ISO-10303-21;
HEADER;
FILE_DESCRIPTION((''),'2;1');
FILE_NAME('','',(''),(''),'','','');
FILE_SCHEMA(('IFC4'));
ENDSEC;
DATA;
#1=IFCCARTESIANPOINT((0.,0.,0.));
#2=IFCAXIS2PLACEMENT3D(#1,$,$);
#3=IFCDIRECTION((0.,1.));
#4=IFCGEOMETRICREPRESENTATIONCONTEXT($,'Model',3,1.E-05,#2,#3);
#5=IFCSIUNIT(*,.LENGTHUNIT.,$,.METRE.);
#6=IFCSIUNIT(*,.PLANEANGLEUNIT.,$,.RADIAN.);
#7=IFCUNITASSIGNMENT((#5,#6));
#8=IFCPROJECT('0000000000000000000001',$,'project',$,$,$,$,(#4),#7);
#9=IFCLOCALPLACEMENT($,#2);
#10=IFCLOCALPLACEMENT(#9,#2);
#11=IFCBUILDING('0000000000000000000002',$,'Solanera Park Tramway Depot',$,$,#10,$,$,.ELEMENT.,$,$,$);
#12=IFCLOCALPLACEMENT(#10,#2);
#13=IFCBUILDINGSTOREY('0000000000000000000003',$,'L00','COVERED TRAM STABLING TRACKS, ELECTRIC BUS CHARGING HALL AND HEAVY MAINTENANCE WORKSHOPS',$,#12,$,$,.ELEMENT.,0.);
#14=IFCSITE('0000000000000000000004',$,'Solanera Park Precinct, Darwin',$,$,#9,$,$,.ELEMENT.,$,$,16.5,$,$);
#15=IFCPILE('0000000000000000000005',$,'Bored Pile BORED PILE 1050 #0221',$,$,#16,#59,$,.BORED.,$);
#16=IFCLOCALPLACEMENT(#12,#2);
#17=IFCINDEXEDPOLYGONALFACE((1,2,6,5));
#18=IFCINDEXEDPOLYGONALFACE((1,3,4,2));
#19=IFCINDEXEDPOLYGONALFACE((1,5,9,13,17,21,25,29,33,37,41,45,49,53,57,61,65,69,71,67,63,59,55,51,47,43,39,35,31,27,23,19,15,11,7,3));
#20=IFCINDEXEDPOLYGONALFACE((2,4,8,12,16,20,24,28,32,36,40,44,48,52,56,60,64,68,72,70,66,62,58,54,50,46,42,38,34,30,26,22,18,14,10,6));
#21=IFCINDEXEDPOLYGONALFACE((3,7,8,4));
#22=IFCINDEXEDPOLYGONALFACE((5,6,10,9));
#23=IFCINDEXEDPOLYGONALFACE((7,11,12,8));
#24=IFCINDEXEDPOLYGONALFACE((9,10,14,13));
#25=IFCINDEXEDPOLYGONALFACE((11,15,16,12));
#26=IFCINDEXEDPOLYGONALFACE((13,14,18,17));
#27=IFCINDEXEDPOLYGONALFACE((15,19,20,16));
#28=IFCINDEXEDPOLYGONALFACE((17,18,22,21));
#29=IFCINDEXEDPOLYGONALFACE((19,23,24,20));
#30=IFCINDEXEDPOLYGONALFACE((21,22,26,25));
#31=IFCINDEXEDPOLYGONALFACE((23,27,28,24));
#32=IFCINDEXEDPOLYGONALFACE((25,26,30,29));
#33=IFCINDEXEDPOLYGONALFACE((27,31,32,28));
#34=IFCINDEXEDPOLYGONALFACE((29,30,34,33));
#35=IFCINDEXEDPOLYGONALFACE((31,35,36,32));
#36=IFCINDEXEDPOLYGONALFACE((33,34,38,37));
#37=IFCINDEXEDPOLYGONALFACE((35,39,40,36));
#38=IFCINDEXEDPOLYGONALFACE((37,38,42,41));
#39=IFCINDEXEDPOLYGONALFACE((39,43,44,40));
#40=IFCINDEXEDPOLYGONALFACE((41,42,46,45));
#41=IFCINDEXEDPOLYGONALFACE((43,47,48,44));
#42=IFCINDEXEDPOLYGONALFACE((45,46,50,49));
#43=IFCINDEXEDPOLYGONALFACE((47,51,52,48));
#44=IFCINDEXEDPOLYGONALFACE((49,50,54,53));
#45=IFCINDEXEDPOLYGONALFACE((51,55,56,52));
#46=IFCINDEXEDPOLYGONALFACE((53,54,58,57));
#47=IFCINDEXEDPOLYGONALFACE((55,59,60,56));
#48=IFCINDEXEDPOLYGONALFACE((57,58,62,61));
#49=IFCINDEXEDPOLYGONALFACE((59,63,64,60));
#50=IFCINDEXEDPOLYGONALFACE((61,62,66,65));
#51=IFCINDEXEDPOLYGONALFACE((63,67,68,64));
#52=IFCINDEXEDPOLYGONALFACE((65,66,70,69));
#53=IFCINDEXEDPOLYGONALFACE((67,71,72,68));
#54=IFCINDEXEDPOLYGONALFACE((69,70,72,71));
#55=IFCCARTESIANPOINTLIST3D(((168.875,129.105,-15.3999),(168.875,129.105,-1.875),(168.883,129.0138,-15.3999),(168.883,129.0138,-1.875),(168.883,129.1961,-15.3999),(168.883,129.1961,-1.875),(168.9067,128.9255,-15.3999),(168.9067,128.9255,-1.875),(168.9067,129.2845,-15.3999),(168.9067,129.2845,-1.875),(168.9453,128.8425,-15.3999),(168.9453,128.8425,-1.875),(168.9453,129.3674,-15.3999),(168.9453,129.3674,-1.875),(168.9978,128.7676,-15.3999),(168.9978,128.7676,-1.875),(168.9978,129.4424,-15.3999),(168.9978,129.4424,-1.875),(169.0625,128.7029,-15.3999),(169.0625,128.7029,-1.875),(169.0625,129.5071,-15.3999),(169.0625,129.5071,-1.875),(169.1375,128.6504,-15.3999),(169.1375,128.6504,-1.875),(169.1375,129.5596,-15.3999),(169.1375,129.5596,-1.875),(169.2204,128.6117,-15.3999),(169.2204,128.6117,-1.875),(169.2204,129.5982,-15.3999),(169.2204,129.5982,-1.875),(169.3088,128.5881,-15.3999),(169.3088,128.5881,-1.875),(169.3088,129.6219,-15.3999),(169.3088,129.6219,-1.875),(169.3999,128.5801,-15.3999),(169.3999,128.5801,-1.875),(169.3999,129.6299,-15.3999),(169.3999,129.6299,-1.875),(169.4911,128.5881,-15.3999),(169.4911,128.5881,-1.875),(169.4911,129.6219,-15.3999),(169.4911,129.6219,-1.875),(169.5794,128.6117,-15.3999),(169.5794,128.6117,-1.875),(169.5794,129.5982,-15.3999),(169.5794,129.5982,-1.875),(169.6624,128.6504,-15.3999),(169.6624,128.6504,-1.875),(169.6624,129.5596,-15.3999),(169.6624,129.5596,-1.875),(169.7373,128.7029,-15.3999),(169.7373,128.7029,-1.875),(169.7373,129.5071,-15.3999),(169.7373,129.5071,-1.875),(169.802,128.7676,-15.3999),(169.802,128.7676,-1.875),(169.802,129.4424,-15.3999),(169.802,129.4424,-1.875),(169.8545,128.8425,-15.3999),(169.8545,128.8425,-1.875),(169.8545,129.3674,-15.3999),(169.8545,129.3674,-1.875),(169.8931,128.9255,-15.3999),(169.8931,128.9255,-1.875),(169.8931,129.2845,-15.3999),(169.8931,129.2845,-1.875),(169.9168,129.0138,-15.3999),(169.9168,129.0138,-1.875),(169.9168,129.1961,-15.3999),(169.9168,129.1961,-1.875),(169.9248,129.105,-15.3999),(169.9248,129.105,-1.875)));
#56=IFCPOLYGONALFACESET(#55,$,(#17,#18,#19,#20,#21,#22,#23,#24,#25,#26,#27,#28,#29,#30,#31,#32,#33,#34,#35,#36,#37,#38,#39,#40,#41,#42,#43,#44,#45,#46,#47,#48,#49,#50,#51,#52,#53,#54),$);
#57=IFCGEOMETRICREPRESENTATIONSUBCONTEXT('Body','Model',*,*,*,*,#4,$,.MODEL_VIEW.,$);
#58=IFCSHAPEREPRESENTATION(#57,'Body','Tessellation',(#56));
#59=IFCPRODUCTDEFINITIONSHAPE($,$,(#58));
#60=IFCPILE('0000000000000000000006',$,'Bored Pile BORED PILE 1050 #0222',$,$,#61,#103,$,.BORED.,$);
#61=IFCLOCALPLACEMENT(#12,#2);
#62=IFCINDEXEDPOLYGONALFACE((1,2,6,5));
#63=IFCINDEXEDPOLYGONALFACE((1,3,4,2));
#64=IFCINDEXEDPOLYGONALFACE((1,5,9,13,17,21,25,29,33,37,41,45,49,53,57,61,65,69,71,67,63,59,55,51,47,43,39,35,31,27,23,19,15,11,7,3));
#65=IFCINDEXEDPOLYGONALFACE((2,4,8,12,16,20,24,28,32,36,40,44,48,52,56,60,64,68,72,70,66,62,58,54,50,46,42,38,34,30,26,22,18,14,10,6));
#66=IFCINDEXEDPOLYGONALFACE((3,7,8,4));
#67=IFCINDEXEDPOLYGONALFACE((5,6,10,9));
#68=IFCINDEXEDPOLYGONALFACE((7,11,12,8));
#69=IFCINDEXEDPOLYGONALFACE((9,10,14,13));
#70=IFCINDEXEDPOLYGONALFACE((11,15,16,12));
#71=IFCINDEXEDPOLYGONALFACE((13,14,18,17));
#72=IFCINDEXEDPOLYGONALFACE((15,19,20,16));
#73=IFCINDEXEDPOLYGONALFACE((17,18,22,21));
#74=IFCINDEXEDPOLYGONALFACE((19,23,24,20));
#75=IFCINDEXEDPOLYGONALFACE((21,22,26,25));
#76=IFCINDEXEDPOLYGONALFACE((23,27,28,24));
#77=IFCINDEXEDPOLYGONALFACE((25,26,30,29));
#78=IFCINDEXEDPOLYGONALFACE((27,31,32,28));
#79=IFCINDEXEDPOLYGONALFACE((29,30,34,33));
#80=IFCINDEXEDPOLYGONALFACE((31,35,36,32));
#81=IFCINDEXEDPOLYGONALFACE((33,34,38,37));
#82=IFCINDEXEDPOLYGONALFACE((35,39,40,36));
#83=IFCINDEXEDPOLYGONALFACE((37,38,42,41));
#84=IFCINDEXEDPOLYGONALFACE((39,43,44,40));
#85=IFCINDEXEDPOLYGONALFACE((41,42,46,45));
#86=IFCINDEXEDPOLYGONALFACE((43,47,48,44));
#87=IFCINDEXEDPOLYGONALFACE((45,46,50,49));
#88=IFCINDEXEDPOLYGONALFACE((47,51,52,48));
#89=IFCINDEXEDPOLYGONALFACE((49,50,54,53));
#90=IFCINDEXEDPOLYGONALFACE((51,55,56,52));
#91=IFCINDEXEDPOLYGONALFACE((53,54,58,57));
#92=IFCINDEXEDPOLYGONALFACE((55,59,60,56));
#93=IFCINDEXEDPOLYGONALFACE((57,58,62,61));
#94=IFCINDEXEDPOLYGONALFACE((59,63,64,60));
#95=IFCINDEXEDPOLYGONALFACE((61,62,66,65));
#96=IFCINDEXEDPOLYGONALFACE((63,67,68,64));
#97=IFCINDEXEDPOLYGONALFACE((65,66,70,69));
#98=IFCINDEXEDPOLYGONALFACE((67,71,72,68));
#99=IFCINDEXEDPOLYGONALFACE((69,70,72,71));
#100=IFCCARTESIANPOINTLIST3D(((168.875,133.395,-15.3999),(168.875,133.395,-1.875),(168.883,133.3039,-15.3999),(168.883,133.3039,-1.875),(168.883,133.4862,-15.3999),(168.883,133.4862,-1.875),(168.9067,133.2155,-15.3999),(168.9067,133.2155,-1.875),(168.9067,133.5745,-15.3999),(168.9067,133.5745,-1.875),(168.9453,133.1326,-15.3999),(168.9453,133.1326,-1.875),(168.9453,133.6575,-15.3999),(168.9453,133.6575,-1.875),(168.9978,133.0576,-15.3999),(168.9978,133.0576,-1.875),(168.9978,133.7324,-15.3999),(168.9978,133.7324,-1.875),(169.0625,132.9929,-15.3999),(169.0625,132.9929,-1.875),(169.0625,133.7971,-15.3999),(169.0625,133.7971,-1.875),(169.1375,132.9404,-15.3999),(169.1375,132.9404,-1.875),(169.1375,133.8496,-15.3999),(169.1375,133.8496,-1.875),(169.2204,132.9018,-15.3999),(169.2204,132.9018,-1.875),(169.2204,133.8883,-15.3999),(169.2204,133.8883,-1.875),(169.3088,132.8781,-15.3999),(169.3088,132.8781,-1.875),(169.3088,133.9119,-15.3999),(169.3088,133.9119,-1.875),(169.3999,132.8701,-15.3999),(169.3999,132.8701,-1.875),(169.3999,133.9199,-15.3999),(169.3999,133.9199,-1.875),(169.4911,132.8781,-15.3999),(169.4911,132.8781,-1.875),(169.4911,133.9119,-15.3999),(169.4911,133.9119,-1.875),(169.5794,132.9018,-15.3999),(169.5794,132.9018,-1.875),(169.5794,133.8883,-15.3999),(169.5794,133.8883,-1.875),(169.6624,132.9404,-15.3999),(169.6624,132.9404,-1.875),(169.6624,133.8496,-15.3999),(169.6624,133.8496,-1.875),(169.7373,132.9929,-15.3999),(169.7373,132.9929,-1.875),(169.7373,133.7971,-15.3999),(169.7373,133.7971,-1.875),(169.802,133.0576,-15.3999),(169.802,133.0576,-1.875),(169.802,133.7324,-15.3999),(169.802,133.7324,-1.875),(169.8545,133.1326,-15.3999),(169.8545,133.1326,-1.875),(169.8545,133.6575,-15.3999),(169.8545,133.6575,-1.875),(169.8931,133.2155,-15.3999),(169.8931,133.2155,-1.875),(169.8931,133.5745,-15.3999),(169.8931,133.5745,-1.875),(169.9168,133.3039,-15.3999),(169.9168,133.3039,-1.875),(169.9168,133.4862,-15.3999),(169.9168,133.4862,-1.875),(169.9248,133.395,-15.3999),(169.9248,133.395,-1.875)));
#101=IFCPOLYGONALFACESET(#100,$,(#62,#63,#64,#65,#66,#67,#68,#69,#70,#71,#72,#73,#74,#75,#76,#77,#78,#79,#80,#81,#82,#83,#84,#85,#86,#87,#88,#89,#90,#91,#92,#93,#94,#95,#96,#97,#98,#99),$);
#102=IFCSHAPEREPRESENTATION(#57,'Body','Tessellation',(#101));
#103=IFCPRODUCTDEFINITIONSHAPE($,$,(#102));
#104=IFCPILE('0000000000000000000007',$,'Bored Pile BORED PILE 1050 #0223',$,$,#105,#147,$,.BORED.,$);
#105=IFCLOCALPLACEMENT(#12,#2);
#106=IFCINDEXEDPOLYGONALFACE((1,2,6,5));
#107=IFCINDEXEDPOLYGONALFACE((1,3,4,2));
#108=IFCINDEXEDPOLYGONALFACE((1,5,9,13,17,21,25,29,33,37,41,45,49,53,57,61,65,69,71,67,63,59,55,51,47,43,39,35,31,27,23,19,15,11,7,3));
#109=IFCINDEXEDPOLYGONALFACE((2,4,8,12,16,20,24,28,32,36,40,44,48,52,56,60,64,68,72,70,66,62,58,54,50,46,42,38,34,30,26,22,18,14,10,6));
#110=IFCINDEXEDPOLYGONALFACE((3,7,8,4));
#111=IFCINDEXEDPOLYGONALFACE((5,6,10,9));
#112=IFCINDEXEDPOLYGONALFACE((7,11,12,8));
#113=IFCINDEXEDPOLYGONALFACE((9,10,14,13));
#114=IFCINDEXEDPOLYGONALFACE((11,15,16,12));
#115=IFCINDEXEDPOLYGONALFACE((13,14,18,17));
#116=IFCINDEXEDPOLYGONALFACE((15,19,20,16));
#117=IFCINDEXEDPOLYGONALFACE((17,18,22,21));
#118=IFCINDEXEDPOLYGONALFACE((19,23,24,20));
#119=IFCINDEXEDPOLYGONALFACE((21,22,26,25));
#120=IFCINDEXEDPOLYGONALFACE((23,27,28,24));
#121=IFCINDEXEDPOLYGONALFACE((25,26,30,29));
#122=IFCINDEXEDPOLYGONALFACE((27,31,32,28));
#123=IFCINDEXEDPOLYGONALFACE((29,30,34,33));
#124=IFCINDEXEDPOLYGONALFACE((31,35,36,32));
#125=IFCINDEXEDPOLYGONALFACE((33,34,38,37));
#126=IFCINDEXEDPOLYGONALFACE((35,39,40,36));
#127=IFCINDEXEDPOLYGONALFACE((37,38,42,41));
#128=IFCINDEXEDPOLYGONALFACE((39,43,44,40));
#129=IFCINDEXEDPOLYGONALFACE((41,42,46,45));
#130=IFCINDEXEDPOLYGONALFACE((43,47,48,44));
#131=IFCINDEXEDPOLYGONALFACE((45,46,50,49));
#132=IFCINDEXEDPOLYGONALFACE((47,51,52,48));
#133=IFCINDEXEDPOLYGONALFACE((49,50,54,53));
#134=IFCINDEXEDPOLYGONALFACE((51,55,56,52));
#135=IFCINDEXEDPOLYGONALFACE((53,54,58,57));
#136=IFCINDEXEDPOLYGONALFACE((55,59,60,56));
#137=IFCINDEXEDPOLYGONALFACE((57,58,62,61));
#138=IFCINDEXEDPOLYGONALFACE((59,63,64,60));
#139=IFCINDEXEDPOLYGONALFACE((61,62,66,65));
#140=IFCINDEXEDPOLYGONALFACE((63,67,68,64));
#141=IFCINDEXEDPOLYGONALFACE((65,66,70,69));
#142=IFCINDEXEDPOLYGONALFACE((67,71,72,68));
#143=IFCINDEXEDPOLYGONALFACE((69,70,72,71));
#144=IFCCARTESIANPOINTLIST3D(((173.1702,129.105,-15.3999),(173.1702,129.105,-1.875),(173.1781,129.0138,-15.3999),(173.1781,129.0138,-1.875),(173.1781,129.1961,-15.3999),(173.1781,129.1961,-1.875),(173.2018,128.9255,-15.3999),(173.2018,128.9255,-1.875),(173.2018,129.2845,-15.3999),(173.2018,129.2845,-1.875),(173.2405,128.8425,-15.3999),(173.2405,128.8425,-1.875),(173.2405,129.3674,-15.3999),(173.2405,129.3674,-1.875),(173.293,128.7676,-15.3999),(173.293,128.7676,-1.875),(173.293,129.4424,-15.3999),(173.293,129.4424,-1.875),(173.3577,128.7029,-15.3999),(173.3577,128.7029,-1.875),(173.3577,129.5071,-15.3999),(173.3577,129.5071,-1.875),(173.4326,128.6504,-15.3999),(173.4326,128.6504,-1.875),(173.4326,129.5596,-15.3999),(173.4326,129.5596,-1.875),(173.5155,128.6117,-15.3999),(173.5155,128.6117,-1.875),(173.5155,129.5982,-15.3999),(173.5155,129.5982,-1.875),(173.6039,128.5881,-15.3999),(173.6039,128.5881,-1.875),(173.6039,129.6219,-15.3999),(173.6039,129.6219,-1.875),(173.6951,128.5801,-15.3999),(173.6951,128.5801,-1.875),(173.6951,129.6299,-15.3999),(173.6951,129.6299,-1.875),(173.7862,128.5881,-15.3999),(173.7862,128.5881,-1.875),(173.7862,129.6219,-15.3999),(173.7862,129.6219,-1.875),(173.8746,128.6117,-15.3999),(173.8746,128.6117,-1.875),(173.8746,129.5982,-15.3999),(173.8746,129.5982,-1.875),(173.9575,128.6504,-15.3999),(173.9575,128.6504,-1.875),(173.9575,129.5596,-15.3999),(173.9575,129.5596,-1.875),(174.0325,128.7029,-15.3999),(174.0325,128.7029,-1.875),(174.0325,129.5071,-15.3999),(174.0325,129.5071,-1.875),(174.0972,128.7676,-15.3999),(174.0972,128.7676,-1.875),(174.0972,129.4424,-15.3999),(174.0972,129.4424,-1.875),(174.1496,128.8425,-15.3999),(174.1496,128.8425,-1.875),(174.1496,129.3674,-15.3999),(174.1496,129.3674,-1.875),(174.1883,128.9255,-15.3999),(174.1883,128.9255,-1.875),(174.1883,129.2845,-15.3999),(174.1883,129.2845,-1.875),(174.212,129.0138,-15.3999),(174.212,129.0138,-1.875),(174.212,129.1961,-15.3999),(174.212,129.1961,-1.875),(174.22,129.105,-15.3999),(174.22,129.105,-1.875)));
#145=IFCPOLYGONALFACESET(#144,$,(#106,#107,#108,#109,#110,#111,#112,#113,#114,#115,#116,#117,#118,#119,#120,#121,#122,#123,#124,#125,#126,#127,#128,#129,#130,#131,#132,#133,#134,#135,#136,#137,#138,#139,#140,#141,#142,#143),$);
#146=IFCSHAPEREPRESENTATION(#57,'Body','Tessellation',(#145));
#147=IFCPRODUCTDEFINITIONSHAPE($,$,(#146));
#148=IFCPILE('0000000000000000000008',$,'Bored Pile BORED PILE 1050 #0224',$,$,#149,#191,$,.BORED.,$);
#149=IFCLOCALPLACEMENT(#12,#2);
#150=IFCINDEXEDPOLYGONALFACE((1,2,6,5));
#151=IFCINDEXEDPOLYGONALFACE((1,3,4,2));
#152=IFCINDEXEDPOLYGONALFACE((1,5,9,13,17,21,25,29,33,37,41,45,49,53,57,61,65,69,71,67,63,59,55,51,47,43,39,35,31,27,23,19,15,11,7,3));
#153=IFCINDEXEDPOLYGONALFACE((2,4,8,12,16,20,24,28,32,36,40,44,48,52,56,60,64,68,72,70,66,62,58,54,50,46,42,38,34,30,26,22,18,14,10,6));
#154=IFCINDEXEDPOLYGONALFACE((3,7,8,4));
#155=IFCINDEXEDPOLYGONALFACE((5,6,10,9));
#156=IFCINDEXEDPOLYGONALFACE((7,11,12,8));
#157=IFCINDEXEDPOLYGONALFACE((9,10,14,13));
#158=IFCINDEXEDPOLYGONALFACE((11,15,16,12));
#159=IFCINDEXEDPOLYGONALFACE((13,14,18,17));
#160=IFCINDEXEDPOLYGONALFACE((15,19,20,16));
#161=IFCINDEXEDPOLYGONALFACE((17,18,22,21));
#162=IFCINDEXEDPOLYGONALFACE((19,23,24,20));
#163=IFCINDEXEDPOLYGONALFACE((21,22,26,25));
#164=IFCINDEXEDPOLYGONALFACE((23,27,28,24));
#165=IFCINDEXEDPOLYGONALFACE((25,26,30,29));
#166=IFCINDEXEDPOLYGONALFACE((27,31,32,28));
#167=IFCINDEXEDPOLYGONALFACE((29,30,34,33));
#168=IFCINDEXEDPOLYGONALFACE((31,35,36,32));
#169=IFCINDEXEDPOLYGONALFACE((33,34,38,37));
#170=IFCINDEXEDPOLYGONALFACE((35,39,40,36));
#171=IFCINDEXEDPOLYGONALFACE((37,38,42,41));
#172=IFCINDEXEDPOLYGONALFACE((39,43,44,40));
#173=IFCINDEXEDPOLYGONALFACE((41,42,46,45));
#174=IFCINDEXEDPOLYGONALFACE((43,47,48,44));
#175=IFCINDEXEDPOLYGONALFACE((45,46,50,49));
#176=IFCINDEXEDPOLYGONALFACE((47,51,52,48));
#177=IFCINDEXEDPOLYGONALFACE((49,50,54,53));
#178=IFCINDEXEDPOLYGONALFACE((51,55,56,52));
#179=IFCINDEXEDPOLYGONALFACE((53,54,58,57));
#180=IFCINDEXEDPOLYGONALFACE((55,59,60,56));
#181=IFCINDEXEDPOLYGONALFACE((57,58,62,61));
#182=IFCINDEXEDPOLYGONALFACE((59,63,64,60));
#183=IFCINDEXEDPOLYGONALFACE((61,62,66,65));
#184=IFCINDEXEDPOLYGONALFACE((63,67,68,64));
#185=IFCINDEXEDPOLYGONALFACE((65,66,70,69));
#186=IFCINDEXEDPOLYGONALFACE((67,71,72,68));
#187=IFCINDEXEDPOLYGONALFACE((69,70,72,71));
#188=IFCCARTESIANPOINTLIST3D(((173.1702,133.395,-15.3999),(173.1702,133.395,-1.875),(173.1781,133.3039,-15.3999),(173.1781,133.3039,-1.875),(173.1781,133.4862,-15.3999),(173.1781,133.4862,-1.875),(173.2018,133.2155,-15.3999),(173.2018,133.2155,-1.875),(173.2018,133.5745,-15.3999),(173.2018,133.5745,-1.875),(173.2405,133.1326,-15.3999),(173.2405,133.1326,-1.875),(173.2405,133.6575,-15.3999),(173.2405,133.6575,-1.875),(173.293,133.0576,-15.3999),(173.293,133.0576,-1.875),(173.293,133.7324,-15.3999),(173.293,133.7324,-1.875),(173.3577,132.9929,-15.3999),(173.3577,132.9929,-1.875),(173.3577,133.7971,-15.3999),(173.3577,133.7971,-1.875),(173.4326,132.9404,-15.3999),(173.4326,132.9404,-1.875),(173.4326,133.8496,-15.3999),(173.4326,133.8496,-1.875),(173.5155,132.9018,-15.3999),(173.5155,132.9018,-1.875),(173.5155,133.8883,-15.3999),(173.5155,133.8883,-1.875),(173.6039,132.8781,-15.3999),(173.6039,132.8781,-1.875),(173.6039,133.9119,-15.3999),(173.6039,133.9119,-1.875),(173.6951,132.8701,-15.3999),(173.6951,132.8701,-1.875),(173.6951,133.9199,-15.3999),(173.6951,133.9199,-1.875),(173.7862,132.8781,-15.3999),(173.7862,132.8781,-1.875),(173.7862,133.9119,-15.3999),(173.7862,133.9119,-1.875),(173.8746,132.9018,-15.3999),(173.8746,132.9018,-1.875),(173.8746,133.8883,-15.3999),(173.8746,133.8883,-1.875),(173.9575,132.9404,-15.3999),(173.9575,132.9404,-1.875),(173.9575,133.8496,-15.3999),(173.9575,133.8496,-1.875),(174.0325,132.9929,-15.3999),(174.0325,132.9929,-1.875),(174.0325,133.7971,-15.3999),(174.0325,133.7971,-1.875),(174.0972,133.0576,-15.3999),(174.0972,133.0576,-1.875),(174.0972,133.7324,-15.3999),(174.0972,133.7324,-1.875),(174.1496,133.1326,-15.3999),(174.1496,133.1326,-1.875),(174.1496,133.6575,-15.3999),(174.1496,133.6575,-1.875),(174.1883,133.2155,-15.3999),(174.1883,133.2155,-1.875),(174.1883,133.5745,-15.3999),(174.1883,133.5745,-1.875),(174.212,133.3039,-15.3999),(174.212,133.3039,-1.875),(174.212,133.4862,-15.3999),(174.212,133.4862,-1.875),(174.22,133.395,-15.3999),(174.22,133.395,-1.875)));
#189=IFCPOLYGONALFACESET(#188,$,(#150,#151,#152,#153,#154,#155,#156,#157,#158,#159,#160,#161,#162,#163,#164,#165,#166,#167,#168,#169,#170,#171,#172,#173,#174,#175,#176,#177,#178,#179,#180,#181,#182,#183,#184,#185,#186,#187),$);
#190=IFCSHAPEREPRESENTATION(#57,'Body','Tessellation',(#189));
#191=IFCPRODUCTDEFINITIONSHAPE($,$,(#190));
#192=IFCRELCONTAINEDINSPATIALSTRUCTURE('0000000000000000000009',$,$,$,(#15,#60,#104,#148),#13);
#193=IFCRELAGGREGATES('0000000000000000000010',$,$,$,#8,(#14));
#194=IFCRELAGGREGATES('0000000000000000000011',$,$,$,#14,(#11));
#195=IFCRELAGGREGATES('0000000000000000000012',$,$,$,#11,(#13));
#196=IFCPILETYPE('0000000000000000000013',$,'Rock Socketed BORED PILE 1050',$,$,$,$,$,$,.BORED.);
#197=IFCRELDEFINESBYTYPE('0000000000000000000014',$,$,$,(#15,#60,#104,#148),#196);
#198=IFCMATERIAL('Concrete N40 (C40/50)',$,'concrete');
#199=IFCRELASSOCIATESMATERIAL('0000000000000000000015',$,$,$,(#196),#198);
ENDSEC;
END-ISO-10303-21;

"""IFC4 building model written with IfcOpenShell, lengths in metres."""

from ifc_helpers import new_model, si_unit, direction, frame, origin, origin_2d, place, context, subcontext, project, spatial, circle, extrude, material, material_profile, profile_set, type_object, element, save


model = new_model("IFC4")

# Units and contexts
model_context = context("Model", 3, precision=1e-05, world=origin(), true_north=direction((0.0, 1.0)))
body_context = subcontext(model_context, "Body", "Model", "MODEL_VIEW")
ifc_project = project(units=[si_unit("LENGTHUNIT", "METRE"), si_unit("PLANEANGLEUNIT", "RADIAN")], contexts=[model_context])

# Site, building, storey
site_placement = place(None, origin())
site = spatial("IfcSite", under=ifc_project, at=site_placement, Name="Solanera Park Precinct, Darwin", CompositionType="ELEMENT", RefElevation=16.5)
building_placement = place(site_placement, origin())
building = spatial("IfcBuilding", under=site, at=building_placement, Name="Solanera Park Tramway Depot", CompositionType="ELEMENT")
storey_placement = place(building_placement, origin())
storey = spatial("IfcBuildingStorey", under=building, at=storey_placement, Name="L00", Description="COVERED TRAM STABLING TRACKS, ELECTRIC BUS CHARGING HALL AND HEAVY MAINTENANCE WORKSHOPS", CompositionType="ELEMENT", Elevation=0.0)

# Piles
ifc_material_1 = material(Name="Concrete N40 (C40/50)", Category="concrete")
ifc_material_profile_1 = material_profile(ifc_material_1, circle(Radius=0.5249, at=origin_2d()), Name="BORED PILE 1050")
ifc_profile_set_1 = profile_set([ifc_material_profile_1], Name="Concrete N40 (C40/50)")
pile_type_1 = type_object("IfcPileType", Name="Rock Socketed BORED PILE 1050", PredefinedType="BORED", material=ifc_profile_set_1)
for number, where, z_axis, x_axis, name in (
    (1, (169.3999, 129.105, -1.875), (0.0, 0.0, -1.0), (1.0, 0.0, 0.0), "Bored Pile BORED PILE 1050 #0221"),
    (2, (169.3999, 133.395, -1.875), (0.0, 0.0, -1.0), (1.0, 0.0, 0.0), "Bored Pile BORED PILE 1050 #0222"),
    (3, (173.6951, 129.105, -1.875), (0.0, 0.0, -1.0), (1.0, 0.0, 0.0), "Bored Pile BORED PILE 1050 #0223"),
    (4, (173.6951, 133.395, -1.875), (0.0, 0.0, -1.0), (1.0, 0.0, 0.0), "Bored Pile BORED PILE 1050 #0224"),
):
    element("IfcPile", number, at=place(storey_placement, frame(where, z_axis=z_axis, x_axis=x_axis)), inside=storey, type_object=pile_type_1, Name=name, PredefinedType="BORED", context=body_context, shape_type="SweptSolid", body=[
        extrude(circle(Radius=0.5249, at=origin_2d()), origin(), (0.0, 0.0, 1.0), 13.5249),
    ])

save(model, "model.ifc")
